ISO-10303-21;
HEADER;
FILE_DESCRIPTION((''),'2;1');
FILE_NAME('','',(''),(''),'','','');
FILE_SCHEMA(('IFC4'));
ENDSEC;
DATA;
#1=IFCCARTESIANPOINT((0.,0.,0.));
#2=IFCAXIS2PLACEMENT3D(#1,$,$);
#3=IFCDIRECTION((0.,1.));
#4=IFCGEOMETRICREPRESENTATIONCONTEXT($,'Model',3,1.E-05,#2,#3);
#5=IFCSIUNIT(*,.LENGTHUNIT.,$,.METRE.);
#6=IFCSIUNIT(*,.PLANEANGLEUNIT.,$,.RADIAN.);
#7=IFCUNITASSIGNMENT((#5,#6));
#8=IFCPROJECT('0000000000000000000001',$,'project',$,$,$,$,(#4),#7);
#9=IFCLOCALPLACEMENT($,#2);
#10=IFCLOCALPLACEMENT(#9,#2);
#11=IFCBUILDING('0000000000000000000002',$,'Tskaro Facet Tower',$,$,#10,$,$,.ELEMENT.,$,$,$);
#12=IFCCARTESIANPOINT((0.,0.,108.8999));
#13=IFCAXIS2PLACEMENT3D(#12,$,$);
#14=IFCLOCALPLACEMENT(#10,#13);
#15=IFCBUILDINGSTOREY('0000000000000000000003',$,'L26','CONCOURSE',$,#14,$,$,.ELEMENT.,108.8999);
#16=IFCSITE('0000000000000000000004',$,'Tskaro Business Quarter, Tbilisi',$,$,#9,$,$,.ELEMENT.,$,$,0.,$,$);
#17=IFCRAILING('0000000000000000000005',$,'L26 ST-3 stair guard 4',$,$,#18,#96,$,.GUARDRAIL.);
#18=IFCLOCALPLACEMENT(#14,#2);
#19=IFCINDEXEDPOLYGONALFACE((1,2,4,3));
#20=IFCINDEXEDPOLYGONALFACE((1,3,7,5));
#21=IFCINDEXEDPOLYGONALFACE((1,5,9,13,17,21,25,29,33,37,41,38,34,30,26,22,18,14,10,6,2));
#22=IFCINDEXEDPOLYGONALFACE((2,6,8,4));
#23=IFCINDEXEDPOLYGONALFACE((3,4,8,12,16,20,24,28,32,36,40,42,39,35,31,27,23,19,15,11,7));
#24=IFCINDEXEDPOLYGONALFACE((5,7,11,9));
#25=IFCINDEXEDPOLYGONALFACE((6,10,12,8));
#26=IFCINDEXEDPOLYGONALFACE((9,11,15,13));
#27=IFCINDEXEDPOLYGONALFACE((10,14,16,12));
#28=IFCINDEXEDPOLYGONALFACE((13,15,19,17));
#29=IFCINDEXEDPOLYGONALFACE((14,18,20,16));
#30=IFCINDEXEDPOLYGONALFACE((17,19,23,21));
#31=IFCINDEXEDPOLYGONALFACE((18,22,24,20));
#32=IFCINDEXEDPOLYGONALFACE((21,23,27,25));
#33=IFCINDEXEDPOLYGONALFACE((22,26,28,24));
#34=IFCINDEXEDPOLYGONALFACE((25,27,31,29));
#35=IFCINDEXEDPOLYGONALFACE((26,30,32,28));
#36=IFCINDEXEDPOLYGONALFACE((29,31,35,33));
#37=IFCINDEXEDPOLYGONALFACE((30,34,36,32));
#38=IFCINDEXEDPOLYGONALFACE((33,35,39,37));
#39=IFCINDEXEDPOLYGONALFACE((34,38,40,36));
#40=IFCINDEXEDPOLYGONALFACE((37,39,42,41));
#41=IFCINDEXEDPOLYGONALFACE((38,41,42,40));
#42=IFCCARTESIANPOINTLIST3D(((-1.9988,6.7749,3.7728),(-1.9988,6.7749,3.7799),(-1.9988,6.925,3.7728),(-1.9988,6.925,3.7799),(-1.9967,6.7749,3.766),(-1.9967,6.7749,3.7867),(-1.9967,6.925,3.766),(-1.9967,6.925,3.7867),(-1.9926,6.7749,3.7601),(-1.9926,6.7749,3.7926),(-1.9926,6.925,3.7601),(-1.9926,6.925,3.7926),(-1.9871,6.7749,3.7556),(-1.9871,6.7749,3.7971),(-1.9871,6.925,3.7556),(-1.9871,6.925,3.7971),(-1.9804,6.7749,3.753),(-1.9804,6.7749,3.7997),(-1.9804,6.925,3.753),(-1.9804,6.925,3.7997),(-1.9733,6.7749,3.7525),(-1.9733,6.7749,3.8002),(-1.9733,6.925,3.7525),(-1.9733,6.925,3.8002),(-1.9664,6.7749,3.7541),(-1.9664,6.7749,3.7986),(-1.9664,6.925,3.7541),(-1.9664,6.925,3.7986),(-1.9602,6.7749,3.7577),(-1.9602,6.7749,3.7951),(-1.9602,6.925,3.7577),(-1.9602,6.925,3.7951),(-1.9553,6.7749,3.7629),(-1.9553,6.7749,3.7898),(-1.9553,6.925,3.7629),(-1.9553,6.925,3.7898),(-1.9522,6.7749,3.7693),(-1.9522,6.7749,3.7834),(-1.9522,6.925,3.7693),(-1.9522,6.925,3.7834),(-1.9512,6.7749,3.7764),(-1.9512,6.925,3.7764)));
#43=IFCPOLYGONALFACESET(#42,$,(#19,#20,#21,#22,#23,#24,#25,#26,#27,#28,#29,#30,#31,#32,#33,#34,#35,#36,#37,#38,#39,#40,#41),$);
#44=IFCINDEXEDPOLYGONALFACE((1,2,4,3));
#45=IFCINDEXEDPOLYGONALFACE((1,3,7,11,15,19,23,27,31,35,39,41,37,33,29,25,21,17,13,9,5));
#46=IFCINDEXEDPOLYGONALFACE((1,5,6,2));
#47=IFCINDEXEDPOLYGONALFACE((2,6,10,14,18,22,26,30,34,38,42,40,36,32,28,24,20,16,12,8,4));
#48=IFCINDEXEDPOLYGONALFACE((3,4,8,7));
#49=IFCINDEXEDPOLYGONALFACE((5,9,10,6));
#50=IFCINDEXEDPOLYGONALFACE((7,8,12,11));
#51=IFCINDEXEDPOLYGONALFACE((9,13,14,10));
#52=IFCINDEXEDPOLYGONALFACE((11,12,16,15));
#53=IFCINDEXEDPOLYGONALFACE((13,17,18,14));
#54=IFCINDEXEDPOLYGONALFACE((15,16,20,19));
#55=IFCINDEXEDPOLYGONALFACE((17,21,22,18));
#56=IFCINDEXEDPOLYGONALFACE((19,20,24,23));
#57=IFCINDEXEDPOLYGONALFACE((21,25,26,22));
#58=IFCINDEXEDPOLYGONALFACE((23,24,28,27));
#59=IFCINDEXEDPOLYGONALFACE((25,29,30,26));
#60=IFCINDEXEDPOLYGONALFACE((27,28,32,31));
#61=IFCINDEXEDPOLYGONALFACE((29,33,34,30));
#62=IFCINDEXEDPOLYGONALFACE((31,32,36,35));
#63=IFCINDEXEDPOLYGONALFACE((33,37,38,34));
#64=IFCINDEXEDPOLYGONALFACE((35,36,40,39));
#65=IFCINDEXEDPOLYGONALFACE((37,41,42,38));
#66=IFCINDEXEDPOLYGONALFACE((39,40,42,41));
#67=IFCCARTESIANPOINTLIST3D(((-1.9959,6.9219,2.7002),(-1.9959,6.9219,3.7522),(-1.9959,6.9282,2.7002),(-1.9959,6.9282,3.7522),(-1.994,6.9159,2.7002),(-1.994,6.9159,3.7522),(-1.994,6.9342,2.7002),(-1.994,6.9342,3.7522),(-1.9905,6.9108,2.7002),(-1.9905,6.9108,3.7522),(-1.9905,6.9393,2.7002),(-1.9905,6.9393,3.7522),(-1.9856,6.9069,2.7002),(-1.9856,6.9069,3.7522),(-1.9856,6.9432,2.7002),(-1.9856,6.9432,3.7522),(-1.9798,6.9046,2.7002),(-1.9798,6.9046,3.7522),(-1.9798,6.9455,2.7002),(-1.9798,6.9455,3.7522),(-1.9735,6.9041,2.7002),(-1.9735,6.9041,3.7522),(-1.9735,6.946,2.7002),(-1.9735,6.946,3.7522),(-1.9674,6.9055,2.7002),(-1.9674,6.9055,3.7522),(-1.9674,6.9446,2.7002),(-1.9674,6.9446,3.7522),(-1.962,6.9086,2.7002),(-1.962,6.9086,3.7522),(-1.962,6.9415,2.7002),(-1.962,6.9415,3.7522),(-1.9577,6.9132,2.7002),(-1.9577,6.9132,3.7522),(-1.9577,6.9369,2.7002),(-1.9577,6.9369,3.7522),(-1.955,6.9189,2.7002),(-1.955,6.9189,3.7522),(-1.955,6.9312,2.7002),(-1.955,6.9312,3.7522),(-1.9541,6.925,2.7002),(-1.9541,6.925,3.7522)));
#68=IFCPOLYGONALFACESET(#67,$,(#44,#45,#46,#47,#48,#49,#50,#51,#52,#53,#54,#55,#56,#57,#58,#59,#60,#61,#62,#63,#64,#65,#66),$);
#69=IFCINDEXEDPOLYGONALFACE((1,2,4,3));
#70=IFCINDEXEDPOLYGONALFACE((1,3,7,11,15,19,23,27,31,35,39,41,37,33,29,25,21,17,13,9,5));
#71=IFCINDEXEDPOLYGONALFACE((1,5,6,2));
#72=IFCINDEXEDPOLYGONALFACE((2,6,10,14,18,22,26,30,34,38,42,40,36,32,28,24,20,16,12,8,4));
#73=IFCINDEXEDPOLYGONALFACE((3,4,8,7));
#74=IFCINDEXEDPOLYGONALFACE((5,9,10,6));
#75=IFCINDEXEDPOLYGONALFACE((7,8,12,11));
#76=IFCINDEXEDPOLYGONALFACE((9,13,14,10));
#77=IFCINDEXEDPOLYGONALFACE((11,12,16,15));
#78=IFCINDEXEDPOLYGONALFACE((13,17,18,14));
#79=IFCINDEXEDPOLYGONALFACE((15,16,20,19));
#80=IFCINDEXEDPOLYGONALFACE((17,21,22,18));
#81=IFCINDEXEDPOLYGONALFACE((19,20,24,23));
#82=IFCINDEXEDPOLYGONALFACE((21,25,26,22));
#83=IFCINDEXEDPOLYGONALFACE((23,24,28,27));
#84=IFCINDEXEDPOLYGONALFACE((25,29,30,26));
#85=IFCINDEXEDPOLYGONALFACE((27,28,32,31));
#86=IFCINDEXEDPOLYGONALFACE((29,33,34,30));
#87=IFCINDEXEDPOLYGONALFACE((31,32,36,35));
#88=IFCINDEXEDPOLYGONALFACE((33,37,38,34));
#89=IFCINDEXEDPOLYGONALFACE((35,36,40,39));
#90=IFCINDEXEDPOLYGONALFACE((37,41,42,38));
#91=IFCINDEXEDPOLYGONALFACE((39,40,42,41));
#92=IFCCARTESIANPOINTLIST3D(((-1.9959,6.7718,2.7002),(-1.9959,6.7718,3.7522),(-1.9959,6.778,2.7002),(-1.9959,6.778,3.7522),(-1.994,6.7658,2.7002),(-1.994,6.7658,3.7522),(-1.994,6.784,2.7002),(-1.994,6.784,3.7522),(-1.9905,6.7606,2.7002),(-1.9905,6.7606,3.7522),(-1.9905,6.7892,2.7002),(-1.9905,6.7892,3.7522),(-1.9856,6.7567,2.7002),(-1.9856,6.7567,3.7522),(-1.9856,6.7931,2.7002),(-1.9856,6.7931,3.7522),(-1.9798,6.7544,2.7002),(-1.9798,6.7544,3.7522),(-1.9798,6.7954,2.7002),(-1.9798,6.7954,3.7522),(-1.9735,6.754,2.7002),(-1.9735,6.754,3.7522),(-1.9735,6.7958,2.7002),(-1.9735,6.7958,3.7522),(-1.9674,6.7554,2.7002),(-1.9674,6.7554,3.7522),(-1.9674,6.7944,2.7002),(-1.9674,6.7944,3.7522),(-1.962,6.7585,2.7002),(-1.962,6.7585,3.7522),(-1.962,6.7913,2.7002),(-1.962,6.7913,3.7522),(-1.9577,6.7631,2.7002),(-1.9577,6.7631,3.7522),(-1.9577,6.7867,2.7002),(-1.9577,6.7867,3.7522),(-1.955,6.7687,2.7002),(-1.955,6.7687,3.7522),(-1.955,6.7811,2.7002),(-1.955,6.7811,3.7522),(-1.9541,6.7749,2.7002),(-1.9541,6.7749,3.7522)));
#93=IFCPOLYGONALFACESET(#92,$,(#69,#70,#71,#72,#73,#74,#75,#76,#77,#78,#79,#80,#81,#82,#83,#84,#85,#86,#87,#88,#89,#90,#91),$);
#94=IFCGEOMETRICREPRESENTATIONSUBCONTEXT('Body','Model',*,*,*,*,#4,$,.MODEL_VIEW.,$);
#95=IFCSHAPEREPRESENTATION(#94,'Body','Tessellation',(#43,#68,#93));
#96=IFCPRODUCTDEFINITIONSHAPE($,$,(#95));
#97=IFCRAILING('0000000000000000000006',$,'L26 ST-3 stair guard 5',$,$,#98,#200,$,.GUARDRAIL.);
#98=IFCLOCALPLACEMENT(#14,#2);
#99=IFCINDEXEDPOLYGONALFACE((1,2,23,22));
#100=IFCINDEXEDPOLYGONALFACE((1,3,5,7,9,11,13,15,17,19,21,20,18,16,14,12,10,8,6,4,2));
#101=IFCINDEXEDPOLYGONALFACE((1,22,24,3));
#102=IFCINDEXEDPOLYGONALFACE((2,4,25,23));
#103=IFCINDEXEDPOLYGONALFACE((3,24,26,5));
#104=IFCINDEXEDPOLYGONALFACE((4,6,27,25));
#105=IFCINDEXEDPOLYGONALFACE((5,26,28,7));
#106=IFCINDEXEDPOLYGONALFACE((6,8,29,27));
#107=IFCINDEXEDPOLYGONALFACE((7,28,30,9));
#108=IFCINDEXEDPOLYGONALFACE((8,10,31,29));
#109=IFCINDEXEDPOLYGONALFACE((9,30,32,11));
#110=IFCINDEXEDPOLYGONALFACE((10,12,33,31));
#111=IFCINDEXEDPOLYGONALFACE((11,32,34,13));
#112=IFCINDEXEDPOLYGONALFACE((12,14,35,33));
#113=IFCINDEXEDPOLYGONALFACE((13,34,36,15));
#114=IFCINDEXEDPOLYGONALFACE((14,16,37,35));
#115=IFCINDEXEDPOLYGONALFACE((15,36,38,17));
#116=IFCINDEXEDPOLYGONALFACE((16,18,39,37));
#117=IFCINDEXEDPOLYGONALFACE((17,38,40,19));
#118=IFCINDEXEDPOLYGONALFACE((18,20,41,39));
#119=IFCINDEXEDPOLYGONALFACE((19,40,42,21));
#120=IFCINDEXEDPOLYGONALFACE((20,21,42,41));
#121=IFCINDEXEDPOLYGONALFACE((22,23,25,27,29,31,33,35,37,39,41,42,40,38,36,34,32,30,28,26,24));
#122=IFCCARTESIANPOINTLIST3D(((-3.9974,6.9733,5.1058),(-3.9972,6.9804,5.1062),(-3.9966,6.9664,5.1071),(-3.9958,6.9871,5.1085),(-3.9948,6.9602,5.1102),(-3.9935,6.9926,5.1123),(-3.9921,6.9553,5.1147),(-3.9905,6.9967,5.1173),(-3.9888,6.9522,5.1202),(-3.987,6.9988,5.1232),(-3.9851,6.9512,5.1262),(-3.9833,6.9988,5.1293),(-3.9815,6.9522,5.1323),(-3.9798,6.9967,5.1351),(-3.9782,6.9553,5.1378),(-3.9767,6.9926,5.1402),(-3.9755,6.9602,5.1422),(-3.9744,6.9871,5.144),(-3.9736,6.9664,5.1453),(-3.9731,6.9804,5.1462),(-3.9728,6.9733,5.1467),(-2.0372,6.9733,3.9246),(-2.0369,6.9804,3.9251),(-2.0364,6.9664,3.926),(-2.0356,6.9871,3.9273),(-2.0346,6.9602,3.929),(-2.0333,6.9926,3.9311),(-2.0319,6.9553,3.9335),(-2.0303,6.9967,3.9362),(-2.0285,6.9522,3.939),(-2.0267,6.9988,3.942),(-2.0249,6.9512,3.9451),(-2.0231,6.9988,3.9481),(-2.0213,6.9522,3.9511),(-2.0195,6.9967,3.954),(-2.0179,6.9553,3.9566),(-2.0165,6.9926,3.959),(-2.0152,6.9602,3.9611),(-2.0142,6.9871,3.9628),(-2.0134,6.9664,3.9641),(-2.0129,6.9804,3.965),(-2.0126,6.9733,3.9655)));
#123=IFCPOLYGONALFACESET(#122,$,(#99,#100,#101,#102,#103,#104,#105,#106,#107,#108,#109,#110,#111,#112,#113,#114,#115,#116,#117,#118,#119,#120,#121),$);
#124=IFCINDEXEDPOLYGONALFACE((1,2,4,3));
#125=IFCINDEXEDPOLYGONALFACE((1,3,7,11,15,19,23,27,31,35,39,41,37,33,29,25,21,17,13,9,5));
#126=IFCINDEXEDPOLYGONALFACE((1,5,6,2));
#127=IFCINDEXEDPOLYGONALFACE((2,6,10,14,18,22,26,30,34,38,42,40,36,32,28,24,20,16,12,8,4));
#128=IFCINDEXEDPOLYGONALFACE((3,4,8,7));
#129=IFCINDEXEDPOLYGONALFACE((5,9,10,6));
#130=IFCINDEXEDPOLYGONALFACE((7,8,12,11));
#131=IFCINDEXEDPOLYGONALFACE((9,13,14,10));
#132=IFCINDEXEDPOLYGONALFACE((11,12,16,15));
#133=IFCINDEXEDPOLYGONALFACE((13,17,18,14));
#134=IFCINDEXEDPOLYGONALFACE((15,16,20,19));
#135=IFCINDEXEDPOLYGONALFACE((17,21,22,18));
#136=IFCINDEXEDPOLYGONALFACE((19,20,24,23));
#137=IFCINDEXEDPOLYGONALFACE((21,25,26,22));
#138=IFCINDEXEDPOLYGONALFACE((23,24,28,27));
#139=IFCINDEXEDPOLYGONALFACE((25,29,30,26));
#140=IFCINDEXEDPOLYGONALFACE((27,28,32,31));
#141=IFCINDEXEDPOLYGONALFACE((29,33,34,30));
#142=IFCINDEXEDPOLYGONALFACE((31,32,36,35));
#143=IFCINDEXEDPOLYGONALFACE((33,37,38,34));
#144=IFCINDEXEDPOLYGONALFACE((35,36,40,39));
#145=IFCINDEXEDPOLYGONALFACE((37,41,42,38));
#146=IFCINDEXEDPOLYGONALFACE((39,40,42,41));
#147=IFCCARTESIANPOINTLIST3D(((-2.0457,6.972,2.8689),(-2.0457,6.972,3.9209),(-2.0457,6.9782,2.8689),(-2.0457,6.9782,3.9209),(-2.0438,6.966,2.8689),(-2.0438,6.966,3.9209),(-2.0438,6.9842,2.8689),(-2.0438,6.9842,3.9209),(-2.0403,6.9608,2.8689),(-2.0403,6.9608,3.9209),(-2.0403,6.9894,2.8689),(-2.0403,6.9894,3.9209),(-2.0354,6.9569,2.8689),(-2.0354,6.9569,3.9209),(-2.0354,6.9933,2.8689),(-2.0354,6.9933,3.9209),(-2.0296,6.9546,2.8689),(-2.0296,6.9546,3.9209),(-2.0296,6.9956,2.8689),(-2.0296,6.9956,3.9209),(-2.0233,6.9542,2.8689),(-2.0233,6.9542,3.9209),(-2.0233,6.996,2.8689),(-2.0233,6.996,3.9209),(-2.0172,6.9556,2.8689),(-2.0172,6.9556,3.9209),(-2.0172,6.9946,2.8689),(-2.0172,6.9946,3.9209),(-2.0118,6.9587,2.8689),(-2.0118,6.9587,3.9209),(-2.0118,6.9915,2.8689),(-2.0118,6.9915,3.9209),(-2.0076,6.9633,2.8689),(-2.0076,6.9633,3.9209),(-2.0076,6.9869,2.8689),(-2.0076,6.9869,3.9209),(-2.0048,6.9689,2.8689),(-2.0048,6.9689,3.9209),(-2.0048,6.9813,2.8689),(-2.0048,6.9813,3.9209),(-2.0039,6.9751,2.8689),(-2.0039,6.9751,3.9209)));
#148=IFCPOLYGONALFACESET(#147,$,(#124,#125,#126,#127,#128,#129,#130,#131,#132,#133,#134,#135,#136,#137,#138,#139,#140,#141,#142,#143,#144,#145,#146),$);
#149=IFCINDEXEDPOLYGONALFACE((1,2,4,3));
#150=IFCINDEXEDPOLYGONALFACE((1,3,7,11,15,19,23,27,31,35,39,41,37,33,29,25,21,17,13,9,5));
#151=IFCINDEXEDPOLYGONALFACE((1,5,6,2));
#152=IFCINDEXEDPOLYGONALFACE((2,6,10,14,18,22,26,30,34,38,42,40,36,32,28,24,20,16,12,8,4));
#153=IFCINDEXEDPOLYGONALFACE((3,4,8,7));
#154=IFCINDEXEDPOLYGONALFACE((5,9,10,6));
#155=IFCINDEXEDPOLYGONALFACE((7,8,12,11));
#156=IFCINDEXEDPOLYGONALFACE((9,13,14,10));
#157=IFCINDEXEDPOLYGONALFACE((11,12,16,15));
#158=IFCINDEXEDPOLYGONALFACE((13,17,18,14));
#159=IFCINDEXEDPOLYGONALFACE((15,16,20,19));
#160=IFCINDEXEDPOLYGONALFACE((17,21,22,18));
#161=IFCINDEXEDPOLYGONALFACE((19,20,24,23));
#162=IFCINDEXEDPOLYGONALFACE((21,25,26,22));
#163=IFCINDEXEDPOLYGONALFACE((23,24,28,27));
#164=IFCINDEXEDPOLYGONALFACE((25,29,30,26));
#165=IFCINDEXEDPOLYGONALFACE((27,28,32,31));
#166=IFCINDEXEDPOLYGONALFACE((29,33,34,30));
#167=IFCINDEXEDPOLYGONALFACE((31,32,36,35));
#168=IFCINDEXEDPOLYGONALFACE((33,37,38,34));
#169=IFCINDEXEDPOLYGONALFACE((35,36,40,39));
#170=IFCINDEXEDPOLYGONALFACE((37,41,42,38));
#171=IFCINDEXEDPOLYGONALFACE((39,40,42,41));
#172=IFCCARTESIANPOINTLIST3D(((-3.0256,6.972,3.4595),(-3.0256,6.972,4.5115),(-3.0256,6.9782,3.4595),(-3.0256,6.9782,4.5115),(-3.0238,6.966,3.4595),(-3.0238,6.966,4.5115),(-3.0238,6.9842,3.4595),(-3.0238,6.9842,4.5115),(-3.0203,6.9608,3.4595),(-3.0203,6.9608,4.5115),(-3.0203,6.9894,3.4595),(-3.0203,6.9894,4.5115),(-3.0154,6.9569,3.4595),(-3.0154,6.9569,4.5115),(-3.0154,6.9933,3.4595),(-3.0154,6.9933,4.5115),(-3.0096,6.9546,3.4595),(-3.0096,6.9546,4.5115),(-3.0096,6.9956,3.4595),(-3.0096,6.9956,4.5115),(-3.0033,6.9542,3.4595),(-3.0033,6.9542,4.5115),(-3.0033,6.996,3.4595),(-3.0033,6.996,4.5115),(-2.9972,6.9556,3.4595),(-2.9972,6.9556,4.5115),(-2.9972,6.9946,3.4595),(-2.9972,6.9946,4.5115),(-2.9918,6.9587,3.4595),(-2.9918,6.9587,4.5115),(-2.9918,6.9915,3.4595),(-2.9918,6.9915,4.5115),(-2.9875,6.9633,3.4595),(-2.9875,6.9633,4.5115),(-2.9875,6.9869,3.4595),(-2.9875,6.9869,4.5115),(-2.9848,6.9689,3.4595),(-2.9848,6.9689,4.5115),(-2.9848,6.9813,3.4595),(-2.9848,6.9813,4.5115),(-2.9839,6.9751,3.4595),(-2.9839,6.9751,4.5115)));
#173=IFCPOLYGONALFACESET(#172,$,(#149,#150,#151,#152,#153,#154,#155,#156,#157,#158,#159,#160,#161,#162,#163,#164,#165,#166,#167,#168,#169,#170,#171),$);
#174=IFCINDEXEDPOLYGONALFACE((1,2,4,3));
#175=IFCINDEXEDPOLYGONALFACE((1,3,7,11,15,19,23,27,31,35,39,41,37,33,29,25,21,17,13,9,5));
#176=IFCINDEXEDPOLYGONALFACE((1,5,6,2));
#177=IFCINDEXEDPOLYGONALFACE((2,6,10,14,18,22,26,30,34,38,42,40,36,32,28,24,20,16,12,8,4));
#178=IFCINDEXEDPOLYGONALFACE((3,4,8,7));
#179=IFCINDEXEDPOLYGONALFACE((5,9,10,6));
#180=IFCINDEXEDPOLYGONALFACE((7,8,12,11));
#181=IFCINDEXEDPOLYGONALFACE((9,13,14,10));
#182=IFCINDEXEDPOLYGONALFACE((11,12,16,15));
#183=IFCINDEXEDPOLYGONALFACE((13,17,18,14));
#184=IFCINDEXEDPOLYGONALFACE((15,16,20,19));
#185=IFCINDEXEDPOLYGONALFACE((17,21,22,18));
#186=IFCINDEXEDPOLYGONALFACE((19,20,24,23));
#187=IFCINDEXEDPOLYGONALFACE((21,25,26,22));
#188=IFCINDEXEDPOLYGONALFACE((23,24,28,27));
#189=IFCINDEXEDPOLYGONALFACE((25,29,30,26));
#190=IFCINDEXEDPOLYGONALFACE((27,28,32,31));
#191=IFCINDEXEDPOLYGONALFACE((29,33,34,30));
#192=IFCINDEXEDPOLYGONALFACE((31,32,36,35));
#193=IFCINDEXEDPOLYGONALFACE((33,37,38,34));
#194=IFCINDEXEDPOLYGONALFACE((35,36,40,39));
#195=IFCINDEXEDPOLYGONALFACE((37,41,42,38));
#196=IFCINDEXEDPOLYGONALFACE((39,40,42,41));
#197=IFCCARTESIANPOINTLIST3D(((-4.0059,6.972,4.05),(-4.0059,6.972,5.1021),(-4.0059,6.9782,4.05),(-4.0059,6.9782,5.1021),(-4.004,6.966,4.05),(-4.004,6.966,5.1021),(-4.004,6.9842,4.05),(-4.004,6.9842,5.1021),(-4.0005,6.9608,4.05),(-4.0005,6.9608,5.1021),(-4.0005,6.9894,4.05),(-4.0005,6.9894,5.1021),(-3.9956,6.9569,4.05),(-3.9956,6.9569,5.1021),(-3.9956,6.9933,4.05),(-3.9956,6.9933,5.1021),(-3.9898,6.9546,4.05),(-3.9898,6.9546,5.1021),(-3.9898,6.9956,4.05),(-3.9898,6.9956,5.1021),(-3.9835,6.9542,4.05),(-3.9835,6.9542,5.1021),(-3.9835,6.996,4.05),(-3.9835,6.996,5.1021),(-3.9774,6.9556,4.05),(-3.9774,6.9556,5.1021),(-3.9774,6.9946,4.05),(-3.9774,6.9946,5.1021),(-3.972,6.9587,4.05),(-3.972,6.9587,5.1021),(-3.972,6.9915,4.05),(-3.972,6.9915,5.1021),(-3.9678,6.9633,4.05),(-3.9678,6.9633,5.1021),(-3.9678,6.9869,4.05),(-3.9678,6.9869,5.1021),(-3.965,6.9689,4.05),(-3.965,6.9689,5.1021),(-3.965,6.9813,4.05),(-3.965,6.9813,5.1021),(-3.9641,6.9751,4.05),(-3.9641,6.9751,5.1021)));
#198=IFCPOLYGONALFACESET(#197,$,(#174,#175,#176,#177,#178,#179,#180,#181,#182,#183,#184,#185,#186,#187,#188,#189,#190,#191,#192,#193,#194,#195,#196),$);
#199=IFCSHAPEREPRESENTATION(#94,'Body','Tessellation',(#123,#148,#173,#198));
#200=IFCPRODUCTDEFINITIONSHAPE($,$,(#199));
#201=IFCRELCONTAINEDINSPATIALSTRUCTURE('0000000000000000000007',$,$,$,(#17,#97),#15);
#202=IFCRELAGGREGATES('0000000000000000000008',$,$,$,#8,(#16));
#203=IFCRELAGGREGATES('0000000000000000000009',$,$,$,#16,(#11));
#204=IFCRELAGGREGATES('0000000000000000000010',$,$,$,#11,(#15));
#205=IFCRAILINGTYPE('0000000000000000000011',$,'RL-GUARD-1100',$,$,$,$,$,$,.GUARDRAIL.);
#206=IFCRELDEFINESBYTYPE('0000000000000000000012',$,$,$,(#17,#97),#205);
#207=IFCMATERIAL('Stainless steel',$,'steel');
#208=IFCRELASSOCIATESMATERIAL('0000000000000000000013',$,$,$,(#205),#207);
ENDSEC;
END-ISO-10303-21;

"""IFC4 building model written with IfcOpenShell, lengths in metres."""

from ifc_helpers import new_model, si_unit, direction, frame, origin, origin_2d, place, context, subcontext, project, spatial, circle, extrude, material, type_object, element, save


model = new_model("IFC4")

# Units and contexts
model_context = context("Model", 3, precision=1e-05, world=origin(), true_north=direction((0.0, 1.0)))
body_context = subcontext(model_context, "Body", "Model", "MODEL_VIEW")
ifc_project = project(units=[si_unit("LENGTHUNIT", "METRE"), si_unit("PLANEANGLEUNIT", "RADIAN")], contexts=[model_context])

# Site, building, storey
site_placement = place(None, origin())
site = spatial("IfcSite", under=ifc_project, at=site_placement, Name="Tskaro Business Quarter, Tbilisi", CompositionType="ELEMENT", RefElevation=0.0)
building_placement = place(site_placement, origin())
building = spatial("IfcBuilding", under=site, at=building_placement, Name="Tskaro Facet Tower", CompositionType="ELEMENT")
storey_placement = place(building_placement, frame((0.0, 0.0, 108.8999)))
storey = spatial("IfcBuildingStorey", under=building, at=storey_placement, Name="L26", Description="CONCOURSE", CompositionType="ELEMENT", Elevation=108.8999)

# Railings
ifc_material_1 = material(Name="Stainless steel", Category="steel")
railing_type_1 = type_object("IfcRailingType", Name="RL-GUARD-1100", PredefinedType="GUARDRAIL", material=ifc_material_1)
railing_1_placement = place(storey_placement, frame((-1.9751, 6.925, 2.7002)))
element("IfcRailing", 1, at=railing_1_placement, inside=storey, type_object=railing_type_1, Name="L26 ST-3 stair guard 4", PredefinedType="GUARDRAIL", context=body_context, shape_type="SweptSolid", body=[
    extrude(circle(Radius=0.0239, at=origin_2d()), frame((0.0, 0.0, 1.0762), z_axis=(0.0, -1.0, 0.0), x_axis=(1.0, 0.0, 0.0)), (0.0, 0.0, 1.0), 0.1501),
    extrude(circle(Radius=0.021, at=origin_2d()), origin(), (0.0, 0.0, 1.0), 1.052),
    extrude(circle(Radius=0.021, at=origin_2d()), frame((0.0, -0.1501, 0.0)), (0.0, 0.0, 1.0), 1.052),
])
railing_2_placement = place(storey_placement, frame((-2.0249, 6.9751, 2.8689)))
element("IfcRailing", 2, at=railing_2_placement, inside=storey, type_object=railing_type_1, Name="L26 ST-3 stair guard 5", PredefinedType="GUARDRAIL", context=body_context, shape_type="SweptSolid", body=[
    extrude(circle(Radius=0.0239, at=origin_2d()), frame((0.0, 0.0, 1.0762), z_axis=(-0.856522, 0.0, 0.516111), x_axis=(0.0, -1.0, 0.0)), (0.0, 0.0, 1.0), 2.2886),
    extrude(circle(Radius=0.021, at=origin_2d()), origin(), (0.0, 0.0, 1.0), 1.052),
    extrude(circle(Radius=0.021, at=origin_2d()), frame((-0.98, 0.0, 0.5906)), (0.0, 0.0, 1.0), 1.052),
    extrude(circle(Radius=0.021, at=origin_2d()), frame((-1.9602, 0.0, 1.1812)), (0.0, 0.0, 1.0), 1.052),
])

save(model, "model.ifc")
